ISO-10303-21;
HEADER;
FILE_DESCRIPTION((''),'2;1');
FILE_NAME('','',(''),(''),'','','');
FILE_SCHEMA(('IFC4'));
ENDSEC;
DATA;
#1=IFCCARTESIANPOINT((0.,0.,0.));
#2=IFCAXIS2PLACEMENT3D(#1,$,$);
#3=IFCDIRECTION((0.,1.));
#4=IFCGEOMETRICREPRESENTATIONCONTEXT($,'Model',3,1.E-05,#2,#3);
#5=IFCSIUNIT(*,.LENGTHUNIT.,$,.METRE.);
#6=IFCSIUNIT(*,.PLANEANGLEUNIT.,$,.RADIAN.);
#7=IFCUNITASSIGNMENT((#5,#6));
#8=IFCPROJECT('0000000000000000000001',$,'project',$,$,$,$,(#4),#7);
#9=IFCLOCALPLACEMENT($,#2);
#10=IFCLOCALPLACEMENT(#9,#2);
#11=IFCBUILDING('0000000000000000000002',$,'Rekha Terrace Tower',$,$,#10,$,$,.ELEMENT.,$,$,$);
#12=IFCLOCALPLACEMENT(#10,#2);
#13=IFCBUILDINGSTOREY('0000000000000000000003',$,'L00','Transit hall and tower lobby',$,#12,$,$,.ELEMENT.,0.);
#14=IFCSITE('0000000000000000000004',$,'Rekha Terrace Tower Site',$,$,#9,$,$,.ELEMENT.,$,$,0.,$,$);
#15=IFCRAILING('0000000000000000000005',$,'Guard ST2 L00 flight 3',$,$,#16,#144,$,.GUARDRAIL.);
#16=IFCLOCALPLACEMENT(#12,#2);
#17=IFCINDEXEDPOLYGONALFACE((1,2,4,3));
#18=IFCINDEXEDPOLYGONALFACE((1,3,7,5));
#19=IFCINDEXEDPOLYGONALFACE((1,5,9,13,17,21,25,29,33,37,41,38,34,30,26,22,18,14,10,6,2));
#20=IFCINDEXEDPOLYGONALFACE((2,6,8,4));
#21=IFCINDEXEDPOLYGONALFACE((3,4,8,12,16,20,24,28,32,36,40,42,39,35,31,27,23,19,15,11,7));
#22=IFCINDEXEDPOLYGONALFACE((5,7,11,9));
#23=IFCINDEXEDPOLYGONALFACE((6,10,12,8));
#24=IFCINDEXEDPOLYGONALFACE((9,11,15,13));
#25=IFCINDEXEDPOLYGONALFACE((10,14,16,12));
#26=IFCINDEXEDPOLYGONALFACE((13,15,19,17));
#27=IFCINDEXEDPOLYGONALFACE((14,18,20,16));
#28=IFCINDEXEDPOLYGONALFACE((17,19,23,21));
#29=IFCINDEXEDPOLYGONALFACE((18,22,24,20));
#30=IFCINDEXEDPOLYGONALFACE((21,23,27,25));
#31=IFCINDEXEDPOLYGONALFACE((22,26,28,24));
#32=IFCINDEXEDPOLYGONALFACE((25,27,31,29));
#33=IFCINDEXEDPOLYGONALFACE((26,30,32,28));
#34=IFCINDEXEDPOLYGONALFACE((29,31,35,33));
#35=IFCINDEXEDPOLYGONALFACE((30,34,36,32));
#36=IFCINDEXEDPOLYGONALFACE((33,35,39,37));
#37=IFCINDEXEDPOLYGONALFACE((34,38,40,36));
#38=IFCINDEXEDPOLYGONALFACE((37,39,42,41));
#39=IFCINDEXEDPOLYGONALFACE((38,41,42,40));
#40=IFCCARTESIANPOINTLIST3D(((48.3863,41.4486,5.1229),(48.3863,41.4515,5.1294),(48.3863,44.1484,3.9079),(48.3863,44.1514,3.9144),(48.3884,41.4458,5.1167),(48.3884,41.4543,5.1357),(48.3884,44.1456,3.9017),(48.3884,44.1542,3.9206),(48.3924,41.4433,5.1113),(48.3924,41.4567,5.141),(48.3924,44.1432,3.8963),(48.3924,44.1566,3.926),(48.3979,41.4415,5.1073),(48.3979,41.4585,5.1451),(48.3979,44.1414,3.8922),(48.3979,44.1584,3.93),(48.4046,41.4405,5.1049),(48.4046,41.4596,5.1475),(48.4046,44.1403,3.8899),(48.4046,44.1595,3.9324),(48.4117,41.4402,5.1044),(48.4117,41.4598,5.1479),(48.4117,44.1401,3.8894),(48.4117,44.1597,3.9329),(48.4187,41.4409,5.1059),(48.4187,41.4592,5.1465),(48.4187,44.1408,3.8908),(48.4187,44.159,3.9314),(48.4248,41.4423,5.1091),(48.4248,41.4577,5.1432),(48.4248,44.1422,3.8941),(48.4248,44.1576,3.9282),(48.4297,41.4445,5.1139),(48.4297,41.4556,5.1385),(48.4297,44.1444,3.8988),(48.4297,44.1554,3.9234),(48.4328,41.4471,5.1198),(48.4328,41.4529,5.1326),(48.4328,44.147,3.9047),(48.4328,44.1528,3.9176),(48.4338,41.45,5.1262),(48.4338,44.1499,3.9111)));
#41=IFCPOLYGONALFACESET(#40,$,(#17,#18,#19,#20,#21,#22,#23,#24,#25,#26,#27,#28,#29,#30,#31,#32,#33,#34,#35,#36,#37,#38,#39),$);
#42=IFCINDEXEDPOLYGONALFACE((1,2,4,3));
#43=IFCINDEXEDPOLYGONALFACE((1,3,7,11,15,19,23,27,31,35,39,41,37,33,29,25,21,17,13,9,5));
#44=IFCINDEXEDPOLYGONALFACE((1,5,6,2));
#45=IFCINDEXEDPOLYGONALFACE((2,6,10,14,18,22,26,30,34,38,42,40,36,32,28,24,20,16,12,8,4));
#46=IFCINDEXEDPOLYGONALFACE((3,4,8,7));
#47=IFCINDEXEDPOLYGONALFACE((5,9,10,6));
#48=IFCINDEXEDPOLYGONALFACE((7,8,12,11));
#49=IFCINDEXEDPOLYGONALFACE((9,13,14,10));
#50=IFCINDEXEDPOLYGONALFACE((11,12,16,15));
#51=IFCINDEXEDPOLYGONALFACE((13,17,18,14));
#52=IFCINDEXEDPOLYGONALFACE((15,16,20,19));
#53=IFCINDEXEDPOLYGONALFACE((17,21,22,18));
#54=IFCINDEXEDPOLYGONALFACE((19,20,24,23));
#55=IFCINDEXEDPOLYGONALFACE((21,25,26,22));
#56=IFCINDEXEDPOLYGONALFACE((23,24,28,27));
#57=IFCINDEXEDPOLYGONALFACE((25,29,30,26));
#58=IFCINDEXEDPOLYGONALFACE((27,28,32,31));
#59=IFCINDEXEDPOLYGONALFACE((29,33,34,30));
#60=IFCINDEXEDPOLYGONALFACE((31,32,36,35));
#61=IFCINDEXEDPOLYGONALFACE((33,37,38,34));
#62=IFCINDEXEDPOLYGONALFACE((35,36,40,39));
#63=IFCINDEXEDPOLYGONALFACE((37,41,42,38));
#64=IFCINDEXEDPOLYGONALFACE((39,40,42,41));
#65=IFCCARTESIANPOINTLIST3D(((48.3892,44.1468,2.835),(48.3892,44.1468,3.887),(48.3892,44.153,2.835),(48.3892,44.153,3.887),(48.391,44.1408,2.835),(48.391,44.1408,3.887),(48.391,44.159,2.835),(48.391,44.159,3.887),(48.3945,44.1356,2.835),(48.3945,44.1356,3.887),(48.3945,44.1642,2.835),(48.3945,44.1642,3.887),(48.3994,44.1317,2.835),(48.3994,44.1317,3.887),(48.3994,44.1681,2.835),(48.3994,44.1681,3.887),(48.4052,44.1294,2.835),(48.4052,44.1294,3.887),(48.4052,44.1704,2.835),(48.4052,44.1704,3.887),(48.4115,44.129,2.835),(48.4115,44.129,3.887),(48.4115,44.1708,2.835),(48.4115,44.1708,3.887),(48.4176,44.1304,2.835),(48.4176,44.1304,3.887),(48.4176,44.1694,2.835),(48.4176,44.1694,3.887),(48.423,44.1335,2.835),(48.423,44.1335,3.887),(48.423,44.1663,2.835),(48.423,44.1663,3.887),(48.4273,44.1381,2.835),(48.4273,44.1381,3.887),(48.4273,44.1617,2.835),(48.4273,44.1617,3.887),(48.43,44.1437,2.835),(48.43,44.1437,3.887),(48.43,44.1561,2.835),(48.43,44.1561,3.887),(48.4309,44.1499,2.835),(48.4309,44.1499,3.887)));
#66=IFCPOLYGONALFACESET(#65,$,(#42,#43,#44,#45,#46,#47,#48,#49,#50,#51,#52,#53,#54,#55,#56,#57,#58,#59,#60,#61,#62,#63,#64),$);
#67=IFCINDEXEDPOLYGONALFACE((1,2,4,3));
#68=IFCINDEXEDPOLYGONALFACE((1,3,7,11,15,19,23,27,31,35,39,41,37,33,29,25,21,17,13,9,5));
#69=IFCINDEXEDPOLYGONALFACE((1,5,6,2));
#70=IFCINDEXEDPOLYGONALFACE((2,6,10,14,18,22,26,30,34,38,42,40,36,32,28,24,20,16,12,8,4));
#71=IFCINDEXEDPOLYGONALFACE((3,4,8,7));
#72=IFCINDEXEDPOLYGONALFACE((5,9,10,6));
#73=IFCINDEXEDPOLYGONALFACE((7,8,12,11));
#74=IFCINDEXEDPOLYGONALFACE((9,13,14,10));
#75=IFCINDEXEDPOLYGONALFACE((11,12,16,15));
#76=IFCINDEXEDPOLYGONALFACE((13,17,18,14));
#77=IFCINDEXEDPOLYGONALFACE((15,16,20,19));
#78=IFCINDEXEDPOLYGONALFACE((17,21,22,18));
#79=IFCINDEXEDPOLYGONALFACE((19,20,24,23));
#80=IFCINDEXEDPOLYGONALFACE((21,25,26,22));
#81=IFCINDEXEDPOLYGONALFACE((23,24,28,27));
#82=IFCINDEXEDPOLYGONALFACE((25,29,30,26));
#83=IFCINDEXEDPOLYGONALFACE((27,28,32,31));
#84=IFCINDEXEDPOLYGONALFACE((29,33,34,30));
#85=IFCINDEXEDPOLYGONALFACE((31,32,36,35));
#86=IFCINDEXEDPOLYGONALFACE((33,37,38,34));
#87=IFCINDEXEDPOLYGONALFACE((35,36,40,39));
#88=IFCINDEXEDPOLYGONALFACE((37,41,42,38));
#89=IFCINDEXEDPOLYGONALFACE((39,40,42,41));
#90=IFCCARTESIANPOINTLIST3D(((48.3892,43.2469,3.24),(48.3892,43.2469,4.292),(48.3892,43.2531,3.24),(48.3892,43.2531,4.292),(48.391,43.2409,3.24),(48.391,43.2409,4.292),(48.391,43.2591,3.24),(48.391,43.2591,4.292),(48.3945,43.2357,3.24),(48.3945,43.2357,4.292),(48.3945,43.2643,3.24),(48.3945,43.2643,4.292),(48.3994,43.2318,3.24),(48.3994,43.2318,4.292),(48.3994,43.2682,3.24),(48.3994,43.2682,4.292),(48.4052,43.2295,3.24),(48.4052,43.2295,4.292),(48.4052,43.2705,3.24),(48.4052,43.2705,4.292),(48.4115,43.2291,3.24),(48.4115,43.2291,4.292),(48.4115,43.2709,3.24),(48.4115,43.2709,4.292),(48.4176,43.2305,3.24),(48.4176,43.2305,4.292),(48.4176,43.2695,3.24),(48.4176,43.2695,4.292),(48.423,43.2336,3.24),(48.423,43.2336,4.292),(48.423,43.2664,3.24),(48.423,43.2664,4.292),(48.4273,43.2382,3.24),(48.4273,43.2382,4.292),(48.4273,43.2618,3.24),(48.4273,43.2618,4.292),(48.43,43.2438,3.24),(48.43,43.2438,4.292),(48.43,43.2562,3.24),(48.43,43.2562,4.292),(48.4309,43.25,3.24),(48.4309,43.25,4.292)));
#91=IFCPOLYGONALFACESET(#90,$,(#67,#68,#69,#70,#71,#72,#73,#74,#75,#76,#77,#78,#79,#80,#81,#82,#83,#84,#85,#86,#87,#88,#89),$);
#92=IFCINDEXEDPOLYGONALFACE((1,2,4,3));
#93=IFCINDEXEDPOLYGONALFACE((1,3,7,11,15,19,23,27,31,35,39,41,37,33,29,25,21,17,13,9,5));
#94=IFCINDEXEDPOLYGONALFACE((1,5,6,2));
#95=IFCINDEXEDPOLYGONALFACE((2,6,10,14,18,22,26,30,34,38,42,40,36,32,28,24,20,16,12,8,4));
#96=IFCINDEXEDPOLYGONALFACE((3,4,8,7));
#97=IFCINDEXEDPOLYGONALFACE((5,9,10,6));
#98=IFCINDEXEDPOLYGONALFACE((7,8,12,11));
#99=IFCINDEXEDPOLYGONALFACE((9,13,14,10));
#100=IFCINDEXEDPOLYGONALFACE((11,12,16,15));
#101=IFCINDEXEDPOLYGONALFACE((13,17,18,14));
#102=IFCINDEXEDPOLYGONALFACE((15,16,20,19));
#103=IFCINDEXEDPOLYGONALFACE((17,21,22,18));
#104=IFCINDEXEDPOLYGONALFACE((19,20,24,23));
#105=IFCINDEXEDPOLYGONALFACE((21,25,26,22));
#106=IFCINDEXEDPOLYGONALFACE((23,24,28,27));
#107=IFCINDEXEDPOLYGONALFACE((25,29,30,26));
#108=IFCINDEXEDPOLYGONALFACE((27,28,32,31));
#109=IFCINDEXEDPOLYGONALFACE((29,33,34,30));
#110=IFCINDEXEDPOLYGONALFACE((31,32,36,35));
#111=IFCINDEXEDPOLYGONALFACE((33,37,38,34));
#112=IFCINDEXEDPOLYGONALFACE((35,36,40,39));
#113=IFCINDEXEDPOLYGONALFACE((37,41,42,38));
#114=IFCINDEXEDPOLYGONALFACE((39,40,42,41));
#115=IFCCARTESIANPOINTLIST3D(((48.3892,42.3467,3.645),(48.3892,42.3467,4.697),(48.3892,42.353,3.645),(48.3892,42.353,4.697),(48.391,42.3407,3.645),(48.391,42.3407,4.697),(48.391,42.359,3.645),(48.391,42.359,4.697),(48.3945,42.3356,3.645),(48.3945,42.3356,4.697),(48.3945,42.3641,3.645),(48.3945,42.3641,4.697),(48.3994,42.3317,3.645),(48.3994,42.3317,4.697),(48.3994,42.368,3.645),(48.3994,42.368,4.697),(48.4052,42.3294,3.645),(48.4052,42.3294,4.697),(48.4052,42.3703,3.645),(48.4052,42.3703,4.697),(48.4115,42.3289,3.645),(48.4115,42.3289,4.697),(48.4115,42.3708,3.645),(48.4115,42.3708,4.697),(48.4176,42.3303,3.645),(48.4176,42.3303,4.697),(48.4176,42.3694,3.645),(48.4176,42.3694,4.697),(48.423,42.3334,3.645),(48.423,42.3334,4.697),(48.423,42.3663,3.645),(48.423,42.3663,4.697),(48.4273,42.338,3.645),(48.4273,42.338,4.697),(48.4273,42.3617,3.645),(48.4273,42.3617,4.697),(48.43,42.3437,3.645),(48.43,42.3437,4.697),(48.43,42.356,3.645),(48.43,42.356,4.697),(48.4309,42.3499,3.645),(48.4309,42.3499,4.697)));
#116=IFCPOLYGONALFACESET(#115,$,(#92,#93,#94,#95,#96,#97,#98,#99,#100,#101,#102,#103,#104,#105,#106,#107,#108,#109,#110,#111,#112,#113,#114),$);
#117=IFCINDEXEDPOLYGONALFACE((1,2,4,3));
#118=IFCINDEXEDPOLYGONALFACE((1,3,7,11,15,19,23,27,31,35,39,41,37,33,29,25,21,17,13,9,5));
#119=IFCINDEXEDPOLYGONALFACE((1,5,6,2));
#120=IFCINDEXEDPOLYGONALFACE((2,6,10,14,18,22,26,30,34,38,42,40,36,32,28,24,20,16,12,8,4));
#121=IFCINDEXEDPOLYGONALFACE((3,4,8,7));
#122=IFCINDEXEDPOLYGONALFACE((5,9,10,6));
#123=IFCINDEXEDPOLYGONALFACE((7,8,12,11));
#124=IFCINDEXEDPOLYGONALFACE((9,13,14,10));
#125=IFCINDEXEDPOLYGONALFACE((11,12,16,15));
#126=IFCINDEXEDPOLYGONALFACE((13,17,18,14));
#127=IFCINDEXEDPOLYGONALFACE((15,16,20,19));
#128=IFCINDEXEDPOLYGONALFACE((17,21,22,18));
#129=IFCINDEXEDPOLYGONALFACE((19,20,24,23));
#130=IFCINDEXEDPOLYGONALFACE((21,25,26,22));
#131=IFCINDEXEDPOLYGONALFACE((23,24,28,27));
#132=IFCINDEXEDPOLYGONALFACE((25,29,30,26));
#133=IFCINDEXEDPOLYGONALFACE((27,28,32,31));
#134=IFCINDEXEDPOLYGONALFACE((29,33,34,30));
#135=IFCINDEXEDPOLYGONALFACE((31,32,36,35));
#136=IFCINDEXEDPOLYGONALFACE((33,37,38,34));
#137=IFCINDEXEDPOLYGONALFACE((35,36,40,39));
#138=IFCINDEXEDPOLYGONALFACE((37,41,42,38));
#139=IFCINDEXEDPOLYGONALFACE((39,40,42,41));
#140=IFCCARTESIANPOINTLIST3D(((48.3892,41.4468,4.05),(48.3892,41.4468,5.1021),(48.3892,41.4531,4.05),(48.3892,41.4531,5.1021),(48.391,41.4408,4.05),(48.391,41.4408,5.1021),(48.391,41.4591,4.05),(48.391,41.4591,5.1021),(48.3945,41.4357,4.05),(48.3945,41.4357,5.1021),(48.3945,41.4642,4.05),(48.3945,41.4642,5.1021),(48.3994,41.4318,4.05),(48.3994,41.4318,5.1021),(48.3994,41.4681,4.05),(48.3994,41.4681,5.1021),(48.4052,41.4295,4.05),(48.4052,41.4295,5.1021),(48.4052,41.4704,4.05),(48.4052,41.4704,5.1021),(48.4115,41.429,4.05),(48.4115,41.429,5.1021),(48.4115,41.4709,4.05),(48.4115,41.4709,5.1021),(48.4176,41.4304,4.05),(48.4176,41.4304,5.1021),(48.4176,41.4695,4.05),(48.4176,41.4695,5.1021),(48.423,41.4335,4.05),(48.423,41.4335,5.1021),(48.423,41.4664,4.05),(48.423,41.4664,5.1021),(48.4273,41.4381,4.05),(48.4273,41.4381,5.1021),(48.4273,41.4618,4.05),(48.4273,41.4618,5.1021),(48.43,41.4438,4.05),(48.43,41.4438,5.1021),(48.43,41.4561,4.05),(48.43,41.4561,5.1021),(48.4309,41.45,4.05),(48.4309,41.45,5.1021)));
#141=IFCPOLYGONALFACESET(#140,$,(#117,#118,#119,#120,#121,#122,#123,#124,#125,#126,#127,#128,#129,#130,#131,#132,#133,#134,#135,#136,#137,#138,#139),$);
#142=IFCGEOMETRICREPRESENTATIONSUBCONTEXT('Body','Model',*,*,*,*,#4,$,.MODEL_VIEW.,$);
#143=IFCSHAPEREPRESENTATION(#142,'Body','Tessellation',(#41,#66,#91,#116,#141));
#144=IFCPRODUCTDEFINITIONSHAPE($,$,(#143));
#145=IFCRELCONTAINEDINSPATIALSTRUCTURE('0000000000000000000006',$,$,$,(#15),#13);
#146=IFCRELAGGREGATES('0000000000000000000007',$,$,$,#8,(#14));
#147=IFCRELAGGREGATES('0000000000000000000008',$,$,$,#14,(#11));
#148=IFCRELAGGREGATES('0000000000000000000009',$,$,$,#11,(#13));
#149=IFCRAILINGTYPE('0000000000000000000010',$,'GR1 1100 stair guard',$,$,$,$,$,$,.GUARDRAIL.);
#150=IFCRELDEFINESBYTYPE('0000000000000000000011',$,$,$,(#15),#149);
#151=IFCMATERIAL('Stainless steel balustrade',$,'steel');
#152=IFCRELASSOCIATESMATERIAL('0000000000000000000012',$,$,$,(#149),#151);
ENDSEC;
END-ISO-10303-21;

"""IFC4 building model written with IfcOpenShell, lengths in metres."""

from ifc_helpers import new_model, si_unit, direction, frame, origin, origin_2d, place, context, subcontext, project, spatial, circle, extrude, material, type_object, element, save


model = new_model("IFC4")

# Units and contexts
model_context = context("Model", 3, precision=1e-05, world=origin(), true_north=direction((0.0, 1.0)))
body_context = subcontext(model_context, "Body", "Model", "MODEL_VIEW")
ifc_project = project(units=[si_unit("LENGTHUNIT", "METRE"), si_unit("PLANEANGLEUNIT", "RADIAN")], contexts=[model_context])

# Site, building, storey
site_placement = place(None, origin())
site = spatial("IfcSite", under=ifc_project, at=site_placement, Name="Rekha Terrace Tower Site", CompositionType="ELEMENT", RefElevation=0.0)
building_placement = place(site_placement, origin())
building = spatial("IfcBuilding", under=site, at=building_placement, Name="Rekha Terrace Tower", CompositionType="ELEMENT")
storey_placement = place(building_placement, origin())
storey = spatial("IfcBuildingStorey", under=building, at=storey_placement, Name="L00", Description="Transit hall and tower lobby", CompositionType="ELEMENT", Elevation=0.0)

# Railing
ifc_material_1 = material(Name="Stainless steel balustrade", Category="steel")
railing_type_1 = type_object("IfcRailingType", Name="GR1 1100 stair guard", PredefinedType="GUARDRAIL", material=ifc_material_1)
railing_1_placement = place(storey_placement, frame((48.4099, 44.1499, 2.835)))
element("IfcRailing", 1, at=railing_1_placement, inside=storey, type_object=railing_type_1, Name="Guard ST2 L00 flight 3", PredefinedType="GUARDRAIL", context=body_context, shape_type="SweptSolid", body=[
    extrude(circle(Radius=0.0239, at=origin_2d()), frame((0.0, 0.0, 1.0762), z_axis=(0.0, -0.911908, 0.410396), x_axis=(1.0, 0.0, 0.0)), (0.0, 0.0, 1.0), 2.9607),
    extrude(circle(Radius=0.021, at=origin_2d()), origin(), (0.0, 0.0, 1.0), 1.052),
    extrude(circle(Radius=0.021, at=origin_2d()), frame((0.0, -0.8999, 0.405)), (0.0, 0.0, 1.0), 1.052),
    extrude(circle(Radius=0.021, at=origin_2d()), frame((0.0, -1.8, 0.8101)), (0.0, 0.0, 1.0), 1.052),
    extrude(circle(Radius=0.021, at=origin_2d()), frame((0.0, -2.7, 1.2151)), (0.0, 0.0, 1.0), 1.052),
])

save(model, "model.ifc")
